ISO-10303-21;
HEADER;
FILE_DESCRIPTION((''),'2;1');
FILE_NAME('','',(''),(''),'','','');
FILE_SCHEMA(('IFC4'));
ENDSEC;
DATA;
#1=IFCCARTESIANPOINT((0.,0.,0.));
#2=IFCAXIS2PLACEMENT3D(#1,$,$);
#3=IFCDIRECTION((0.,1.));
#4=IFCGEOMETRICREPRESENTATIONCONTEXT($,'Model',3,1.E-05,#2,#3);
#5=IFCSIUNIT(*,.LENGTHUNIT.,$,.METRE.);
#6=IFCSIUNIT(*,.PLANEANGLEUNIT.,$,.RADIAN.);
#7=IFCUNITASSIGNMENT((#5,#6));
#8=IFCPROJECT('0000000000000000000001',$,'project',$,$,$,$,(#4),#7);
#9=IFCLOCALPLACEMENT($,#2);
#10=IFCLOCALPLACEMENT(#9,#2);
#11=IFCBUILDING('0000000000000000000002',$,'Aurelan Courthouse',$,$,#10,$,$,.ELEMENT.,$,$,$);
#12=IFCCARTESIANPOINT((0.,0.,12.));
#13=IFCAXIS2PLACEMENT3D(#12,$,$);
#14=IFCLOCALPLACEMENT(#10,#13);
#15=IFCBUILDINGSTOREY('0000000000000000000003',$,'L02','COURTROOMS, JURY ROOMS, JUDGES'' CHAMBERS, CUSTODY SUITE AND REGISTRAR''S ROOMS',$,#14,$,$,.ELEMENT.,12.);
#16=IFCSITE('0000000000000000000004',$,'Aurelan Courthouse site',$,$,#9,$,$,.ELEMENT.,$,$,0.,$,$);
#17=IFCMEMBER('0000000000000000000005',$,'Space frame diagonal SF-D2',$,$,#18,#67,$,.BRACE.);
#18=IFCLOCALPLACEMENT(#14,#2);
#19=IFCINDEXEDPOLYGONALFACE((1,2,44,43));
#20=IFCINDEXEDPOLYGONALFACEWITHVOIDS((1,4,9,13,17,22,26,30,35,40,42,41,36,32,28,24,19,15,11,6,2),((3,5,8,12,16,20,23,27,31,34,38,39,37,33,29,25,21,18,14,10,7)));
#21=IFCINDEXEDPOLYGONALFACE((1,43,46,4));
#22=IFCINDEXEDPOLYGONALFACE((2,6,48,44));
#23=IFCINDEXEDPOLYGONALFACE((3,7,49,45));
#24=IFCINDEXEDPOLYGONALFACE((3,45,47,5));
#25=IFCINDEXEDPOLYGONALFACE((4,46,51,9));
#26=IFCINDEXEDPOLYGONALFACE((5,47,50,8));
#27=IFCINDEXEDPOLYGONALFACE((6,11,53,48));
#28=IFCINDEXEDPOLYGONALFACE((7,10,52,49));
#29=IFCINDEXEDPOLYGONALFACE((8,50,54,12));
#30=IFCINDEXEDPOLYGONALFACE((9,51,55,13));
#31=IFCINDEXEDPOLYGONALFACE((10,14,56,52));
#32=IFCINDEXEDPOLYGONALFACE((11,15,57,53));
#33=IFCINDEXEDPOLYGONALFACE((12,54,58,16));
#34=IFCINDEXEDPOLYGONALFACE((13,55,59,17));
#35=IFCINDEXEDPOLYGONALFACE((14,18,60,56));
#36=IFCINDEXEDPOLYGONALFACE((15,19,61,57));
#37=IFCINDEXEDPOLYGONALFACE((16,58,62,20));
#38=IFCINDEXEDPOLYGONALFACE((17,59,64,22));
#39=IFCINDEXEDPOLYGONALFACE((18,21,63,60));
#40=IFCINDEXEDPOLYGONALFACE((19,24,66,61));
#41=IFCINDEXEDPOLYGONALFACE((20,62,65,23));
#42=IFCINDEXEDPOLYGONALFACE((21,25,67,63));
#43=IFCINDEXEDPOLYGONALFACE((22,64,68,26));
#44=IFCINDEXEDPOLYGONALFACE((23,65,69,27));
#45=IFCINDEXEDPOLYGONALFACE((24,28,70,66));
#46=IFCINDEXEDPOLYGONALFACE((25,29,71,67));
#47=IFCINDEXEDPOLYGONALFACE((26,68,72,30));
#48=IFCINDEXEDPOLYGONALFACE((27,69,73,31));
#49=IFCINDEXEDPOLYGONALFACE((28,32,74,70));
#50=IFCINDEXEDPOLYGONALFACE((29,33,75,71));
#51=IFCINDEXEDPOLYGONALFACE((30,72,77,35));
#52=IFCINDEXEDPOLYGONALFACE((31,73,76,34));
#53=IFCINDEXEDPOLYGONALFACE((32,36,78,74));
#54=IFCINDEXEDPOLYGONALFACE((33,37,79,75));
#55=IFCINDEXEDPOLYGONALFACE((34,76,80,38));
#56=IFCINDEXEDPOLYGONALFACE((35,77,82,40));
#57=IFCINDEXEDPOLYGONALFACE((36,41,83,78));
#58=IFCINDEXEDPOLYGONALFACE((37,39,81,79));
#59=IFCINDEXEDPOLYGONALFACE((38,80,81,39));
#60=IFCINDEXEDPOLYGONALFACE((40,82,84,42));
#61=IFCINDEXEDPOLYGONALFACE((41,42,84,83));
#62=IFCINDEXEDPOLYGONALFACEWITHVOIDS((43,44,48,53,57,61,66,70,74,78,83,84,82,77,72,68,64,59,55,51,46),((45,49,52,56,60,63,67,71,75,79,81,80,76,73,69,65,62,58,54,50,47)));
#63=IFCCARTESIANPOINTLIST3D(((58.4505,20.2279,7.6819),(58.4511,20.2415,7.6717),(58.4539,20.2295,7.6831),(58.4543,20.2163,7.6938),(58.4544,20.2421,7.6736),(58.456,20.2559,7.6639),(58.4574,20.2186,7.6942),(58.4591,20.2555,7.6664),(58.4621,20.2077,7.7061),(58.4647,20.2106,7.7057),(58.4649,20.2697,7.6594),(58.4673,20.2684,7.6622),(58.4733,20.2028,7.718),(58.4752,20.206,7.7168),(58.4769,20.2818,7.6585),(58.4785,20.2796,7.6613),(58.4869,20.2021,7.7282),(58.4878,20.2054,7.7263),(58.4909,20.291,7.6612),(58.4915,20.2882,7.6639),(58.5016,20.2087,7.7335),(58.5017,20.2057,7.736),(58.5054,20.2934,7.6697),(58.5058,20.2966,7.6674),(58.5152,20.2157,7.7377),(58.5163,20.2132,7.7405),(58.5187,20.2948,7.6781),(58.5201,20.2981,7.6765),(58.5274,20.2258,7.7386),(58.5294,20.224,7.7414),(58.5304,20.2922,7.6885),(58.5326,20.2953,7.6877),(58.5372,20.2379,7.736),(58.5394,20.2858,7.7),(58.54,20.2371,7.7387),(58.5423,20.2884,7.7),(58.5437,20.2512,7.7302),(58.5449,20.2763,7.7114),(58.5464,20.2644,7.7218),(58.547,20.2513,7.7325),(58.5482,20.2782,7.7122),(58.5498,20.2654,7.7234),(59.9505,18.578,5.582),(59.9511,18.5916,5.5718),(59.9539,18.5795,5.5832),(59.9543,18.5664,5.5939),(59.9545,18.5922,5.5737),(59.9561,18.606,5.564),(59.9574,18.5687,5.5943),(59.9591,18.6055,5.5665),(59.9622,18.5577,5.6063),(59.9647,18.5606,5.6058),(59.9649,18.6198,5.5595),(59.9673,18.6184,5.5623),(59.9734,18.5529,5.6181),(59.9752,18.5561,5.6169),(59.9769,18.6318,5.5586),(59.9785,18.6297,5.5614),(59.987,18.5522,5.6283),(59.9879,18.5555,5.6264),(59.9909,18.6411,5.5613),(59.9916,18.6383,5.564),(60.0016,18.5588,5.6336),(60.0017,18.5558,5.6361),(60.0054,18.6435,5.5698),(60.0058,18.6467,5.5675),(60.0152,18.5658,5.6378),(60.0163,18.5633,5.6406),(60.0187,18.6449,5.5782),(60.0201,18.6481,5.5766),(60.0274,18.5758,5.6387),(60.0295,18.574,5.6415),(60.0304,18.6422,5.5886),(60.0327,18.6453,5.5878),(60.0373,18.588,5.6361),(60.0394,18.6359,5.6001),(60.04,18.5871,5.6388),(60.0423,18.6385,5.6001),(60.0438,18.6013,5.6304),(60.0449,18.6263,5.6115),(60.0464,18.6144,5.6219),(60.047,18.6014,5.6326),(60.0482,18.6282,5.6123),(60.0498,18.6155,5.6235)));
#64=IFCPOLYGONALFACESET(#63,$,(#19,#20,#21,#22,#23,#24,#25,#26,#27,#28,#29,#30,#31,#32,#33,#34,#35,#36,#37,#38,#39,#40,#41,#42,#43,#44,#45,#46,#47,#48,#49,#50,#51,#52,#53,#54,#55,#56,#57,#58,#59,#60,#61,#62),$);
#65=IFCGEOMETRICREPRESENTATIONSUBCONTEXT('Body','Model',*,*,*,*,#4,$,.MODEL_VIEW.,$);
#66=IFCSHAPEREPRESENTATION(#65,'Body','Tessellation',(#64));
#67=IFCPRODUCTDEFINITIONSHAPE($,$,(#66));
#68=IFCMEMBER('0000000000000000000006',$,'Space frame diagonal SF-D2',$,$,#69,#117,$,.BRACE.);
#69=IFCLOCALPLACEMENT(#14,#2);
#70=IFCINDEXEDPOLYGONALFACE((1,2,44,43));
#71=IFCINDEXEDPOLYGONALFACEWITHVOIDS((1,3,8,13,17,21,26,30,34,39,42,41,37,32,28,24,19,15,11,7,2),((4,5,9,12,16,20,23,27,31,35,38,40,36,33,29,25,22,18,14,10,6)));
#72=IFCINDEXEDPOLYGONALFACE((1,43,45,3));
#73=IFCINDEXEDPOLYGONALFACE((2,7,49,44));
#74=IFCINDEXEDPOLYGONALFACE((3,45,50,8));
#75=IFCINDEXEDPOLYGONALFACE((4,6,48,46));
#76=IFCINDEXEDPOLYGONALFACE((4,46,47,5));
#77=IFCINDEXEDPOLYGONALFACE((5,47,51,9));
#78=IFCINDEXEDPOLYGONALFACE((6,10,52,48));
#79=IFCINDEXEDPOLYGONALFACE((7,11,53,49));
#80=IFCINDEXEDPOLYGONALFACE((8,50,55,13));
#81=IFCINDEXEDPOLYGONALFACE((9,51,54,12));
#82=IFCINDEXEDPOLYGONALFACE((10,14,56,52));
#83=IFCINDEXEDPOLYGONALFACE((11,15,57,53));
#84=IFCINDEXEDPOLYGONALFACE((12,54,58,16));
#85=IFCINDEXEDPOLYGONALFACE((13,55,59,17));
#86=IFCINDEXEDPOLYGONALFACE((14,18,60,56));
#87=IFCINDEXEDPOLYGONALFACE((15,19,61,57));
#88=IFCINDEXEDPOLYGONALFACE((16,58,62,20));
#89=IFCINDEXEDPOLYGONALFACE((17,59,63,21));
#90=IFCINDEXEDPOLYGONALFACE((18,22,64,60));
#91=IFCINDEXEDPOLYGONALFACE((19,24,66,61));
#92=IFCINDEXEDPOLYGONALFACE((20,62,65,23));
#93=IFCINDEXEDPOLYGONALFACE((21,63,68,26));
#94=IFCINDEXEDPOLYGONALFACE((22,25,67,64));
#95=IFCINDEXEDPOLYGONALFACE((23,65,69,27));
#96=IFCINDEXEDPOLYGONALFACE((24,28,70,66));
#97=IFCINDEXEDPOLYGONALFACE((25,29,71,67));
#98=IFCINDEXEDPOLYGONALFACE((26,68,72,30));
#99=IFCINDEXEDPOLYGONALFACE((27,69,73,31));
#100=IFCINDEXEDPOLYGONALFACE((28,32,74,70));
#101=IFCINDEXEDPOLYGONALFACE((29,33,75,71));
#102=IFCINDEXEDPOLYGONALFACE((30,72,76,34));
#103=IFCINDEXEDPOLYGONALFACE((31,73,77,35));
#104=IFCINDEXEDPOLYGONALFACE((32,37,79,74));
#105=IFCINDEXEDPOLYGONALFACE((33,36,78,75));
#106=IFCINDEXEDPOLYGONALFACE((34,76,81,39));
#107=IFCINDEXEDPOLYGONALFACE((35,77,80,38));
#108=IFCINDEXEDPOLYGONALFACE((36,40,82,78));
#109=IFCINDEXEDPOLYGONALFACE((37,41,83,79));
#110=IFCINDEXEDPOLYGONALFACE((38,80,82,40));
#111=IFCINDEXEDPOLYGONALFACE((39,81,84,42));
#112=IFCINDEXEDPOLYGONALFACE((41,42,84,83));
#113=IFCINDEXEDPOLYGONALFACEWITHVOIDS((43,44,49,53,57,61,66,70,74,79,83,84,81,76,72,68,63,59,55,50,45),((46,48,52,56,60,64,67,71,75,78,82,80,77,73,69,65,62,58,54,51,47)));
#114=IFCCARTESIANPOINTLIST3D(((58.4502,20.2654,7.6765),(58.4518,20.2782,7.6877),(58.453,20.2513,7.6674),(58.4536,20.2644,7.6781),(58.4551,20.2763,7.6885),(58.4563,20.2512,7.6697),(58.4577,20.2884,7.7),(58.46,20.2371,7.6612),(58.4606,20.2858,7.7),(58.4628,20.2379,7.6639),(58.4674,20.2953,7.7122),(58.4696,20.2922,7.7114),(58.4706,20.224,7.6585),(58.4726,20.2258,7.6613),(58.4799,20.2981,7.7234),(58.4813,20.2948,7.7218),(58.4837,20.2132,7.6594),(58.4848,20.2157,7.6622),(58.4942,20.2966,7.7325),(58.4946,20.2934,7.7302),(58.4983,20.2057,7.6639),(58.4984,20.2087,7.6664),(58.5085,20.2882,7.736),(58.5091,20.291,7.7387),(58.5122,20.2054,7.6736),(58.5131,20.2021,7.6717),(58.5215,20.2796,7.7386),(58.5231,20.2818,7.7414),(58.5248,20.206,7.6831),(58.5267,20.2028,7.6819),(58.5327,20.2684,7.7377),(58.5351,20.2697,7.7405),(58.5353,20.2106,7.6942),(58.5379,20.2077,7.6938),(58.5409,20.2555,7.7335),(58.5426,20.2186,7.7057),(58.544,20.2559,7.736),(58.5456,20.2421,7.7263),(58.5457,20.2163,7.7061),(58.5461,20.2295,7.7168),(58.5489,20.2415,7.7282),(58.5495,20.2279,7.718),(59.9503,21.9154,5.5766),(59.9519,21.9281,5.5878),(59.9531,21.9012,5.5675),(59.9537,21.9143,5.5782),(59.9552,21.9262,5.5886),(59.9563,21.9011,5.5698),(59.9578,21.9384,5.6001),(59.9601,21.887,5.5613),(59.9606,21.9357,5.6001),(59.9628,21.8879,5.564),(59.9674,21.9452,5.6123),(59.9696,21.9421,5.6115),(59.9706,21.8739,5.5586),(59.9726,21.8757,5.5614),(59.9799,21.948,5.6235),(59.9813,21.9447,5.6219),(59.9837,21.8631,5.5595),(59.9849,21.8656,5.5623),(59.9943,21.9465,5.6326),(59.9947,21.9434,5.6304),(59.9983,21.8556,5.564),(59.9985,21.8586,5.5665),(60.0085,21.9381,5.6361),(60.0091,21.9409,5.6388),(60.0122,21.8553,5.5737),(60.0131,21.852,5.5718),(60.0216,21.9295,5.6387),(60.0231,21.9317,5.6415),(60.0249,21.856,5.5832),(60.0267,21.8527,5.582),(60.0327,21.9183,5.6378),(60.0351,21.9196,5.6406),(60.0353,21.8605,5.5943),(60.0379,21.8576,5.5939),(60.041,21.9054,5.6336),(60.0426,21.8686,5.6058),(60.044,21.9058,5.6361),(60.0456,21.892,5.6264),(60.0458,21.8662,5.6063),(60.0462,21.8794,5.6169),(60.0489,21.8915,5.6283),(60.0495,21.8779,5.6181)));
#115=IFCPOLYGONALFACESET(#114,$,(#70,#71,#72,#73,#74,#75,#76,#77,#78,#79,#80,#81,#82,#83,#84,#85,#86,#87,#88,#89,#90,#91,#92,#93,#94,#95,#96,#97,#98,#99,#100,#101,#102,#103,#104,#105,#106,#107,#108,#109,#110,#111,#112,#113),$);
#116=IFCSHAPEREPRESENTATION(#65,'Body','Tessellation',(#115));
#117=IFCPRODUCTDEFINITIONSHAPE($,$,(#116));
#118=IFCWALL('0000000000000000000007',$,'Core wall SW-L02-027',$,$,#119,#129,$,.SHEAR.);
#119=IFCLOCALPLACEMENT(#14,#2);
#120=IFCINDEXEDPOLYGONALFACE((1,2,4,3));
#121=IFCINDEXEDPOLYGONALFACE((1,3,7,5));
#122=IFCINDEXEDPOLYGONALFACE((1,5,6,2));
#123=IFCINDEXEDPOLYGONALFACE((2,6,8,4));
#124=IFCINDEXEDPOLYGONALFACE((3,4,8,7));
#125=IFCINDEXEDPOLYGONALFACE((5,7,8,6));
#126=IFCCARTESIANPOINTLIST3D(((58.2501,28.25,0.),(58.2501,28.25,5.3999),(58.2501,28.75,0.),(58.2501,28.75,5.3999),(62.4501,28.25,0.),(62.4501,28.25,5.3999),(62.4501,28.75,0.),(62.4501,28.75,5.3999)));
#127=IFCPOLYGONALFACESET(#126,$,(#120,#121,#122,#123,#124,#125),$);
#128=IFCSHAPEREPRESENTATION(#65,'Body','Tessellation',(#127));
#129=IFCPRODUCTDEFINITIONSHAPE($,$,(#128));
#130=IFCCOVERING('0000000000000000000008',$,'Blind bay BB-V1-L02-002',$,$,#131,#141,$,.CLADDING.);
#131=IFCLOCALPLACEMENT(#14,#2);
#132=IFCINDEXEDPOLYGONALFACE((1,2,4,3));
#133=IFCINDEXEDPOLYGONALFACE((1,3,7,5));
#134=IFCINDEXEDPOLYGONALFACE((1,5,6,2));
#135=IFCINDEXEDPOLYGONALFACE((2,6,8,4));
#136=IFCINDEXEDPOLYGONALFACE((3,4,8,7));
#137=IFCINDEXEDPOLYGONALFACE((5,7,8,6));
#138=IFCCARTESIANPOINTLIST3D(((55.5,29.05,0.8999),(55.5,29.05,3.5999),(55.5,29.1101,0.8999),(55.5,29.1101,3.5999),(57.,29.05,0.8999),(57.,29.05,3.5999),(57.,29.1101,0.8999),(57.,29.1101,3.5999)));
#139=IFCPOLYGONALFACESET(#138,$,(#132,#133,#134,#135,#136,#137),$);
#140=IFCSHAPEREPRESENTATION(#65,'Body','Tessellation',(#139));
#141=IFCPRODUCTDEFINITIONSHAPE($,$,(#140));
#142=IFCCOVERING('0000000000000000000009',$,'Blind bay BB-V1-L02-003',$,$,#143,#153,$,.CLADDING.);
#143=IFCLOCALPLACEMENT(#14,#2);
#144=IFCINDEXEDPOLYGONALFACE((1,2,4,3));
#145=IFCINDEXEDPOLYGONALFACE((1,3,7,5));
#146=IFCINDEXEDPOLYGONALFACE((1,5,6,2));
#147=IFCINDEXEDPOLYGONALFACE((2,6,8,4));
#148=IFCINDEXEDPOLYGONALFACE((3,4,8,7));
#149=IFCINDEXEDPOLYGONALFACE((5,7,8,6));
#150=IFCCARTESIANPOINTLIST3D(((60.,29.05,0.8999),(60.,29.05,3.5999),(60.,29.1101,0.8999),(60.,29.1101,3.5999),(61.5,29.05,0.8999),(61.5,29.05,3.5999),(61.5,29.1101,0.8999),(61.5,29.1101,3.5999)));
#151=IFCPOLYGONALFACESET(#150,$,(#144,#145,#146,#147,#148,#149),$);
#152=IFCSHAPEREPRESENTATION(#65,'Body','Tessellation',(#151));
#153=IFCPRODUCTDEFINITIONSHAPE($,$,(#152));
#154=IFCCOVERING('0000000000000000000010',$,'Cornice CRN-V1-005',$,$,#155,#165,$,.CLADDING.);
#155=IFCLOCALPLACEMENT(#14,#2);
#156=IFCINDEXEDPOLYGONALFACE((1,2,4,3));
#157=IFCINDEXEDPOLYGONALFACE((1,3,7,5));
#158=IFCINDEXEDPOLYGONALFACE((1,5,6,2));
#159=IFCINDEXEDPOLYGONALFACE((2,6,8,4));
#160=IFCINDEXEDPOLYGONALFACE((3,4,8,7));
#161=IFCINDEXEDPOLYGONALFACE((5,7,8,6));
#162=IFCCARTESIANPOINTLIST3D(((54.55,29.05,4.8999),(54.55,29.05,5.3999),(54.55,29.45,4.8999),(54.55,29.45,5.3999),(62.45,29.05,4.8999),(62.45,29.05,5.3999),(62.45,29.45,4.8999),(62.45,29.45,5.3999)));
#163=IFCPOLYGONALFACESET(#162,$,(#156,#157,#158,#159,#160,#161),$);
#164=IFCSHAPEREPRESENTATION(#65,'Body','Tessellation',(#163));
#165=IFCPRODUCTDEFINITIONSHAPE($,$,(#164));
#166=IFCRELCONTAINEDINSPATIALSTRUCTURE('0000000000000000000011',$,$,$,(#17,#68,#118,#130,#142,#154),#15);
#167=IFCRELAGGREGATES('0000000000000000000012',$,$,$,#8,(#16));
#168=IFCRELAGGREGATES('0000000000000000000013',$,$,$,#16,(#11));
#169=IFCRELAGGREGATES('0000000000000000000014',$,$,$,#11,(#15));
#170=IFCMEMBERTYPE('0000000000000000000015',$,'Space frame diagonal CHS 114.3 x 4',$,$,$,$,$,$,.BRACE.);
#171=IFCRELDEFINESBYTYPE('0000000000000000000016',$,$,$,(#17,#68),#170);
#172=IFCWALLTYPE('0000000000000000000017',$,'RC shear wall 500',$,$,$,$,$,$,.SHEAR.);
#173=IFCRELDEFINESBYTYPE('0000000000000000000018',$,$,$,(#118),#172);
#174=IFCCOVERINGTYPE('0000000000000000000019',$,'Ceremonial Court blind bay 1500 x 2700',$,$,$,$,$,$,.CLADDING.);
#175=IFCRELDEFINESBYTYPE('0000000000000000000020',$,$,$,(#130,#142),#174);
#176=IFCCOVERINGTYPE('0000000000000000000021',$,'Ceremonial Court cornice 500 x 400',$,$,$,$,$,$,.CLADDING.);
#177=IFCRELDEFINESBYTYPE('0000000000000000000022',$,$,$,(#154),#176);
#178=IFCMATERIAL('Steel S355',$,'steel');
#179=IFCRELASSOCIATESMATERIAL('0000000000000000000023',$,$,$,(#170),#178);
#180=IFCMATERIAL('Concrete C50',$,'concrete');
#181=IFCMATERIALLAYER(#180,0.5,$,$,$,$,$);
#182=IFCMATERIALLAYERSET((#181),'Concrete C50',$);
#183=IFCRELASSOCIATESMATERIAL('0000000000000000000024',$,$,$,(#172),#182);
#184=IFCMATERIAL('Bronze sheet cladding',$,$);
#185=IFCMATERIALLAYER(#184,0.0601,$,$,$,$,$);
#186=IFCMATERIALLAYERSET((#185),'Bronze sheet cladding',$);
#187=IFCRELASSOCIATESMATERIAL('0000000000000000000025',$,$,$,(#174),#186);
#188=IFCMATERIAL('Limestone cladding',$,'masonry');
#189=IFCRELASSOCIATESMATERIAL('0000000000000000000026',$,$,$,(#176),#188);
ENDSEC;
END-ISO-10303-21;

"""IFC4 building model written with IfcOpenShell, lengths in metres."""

from ifc_helpers import new_model, si_unit, direction, frame, frame_2d, origin, origin_2d, place, context, subcontext, project, spatial, rectangle, hollow_circle, extrude, material, layer, layer_set, material_profile, profile_set, type_object, element, save


model = new_model("IFC4")

# Units and contexts
model_context = context("Model", 3, precision=1e-05, world=origin(), true_north=direction((0.0, 1.0)))
body_context = subcontext(model_context, "Body", "Model", "MODEL_VIEW")
ifc_project = project(units=[si_unit("LENGTHUNIT", "METRE"), si_unit("PLANEANGLEUNIT", "RADIAN")], contexts=[model_context])

# Site, building, storey
site_placement = place(None, origin())
site = spatial("IfcSite", under=ifc_project, at=site_placement, Name="Aurelan Courthouse site", CompositionType="ELEMENT", RefElevation=0.0)
building_placement = place(site_placement, origin())
building = spatial("IfcBuilding", under=site, at=building_placement, Name="Aurelan Courthouse", CompositionType="ELEMENT")
storey_placement = place(building_placement, frame((0.0, 0.0, 12.0)))
storey = spatial("IfcBuildingStorey", under=building, at=storey_placement, Name="L02", Description="COURTROOMS, JURY ROOMS, JUDGES' CHAMBERS, CUSTODY SUITE AND REGISTRAR'S ROOMS", CompositionType="ELEMENT", Elevation=12.0)

# Members
ifc_material_1 = material(Name="Steel S355", Category="steel")
ifc_material_profile_1 = material_profile(ifc_material_1, hollow_circle(Radius=0.0571, WallThickness=0.0039, at=origin_2d()), Name="CHS 114.3 x 4")
ifc_profile_set_1 = profile_set([ifc_material_profile_1], Name="Steel S355")
member_type_1 = type_object("IfcMemberType", Name="Space frame diagonal CHS 114.3 x 4", PredefinedType="BRACE", material=ifc_profile_set_1)
for number, where, z_axis, x_axis, name in (
    (1, (58.5, 20.25, 7.7), (0.489727, -0.538667, -0.685569), (0.73992, 0.672695, 0.0), "Space frame diagonal SF-D2"),
    (2, (58.5, 20.25, 7.7), (0.489727, 0.538667, -0.685569), (-0.73992, 0.672695, 0.0), "Space frame diagonal SF-D2"),
):
    element("IfcMember", number, at=place(storey_placement, frame(where, z_axis=z_axis, x_axis=x_axis)), inside=storey, type_object=member_type_1, Name=name, PredefinedType="BRACE", context=body_context, shape_type="SweptSolid", body=[
        extrude(hollow_circle(Radius=0.0571, WallThickness=0.0039, at=origin_2d()), origin(), (0.0, 0.0, 1.0), 3.063),
    ])

# Wall
ifc_material_2 = material(Name="Concrete C50", Category="concrete")
ifc_layer_1 = layer(ifc_material_2, 0.5)
ifc_layer_set_1 = layer_set([ifc_layer_1], Name="Concrete C50")
wall_type = type_object("IfcWallType", Name="RC shear wall 500", PredefinedType="SHEAR", material=ifc_layer_set_1)
wall_placement = place(storey_placement, frame((58.25, 28.5, 0.0), z_axis=(0.0, 0.0, 1.0), x_axis=(1.0, 0.0, 0.0)))
element("IfcWall", 3, at=wall_placement, inside=storey, type_object=wall_type, Name="Core wall SW-L02-027", PredefinedType="SHEAR", context=body_context, shape_type="SweptSolid", body=[
    extrude(rectangle(XDim=4.2, YDim=0.5, at=frame_2d((2.1001, 0.0))), origin(), (0.0, 0.0, 1.0), 5.3999),
])

# Coverings
ifc_material_3 = material(Name="Bronze sheet cladding")
ifc_layer_2 = layer(ifc_material_3, 0.0601)
ifc_layer_set_2 = layer_set([ifc_layer_2], Name="Bronze sheet cladding")
covering_type_1 = type_object("IfcCoveringType", Name="Ceremonial Court blind bay 1500 x 2700", PredefinedType="CLADDING", material=ifc_layer_set_2)
for number, where, z_axis, x_axis, name in (
    (4, (56.25, 29.0801, 0.8999), (0.0, 0.0, 1.0), (1.0, 0.0, 0.0), "Blind bay BB-V1-L02-002"),
    (5, (60.75, 29.0801, 0.8999), (0.0, 0.0, 1.0), (1.0, 0.0, 0.0), "Blind bay BB-V1-L02-003"),
):
    element("IfcCovering", number, at=place(storey_placement, frame(where, z_axis=z_axis, x_axis=x_axis)), inside=storey, type_object=covering_type_1, Name=name, PredefinedType="CLADDING", context=body_context, shape_type="SweptSolid", body=[
        extrude(rectangle(XDim=1.5, YDim=0.0601, at=origin_2d()), origin(), (0.0, 0.0, 1.0), 2.7),
    ])
ifc_material_4 = material(Name="Limestone cladding", Category="masonry")
covering_type_2 = type_object("IfcCoveringType", Name="Ceremonial Court cornice 500 x 400", PredefinedType="CLADDING", material=ifc_material_4)
covering_placement = place(storey_placement, frame((58.5, 29.25, 4.8999), z_axis=(0.0, 0.0, 1.0), x_axis=(1.0, 0.0, 0.0)))
element("IfcCovering", 6, at=covering_placement, inside=storey, type_object=covering_type_2, Name="Cornice CRN-V1-005", PredefinedType="CLADDING", context=body_context, shape_type="SweptSolid", body=[
    extrude(rectangle(XDim=7.8999, YDim=0.3999, at=origin_2d()), origin(), (0.0, 0.0, 1.0), 0.5),
])

save(model, "model.ifc")
